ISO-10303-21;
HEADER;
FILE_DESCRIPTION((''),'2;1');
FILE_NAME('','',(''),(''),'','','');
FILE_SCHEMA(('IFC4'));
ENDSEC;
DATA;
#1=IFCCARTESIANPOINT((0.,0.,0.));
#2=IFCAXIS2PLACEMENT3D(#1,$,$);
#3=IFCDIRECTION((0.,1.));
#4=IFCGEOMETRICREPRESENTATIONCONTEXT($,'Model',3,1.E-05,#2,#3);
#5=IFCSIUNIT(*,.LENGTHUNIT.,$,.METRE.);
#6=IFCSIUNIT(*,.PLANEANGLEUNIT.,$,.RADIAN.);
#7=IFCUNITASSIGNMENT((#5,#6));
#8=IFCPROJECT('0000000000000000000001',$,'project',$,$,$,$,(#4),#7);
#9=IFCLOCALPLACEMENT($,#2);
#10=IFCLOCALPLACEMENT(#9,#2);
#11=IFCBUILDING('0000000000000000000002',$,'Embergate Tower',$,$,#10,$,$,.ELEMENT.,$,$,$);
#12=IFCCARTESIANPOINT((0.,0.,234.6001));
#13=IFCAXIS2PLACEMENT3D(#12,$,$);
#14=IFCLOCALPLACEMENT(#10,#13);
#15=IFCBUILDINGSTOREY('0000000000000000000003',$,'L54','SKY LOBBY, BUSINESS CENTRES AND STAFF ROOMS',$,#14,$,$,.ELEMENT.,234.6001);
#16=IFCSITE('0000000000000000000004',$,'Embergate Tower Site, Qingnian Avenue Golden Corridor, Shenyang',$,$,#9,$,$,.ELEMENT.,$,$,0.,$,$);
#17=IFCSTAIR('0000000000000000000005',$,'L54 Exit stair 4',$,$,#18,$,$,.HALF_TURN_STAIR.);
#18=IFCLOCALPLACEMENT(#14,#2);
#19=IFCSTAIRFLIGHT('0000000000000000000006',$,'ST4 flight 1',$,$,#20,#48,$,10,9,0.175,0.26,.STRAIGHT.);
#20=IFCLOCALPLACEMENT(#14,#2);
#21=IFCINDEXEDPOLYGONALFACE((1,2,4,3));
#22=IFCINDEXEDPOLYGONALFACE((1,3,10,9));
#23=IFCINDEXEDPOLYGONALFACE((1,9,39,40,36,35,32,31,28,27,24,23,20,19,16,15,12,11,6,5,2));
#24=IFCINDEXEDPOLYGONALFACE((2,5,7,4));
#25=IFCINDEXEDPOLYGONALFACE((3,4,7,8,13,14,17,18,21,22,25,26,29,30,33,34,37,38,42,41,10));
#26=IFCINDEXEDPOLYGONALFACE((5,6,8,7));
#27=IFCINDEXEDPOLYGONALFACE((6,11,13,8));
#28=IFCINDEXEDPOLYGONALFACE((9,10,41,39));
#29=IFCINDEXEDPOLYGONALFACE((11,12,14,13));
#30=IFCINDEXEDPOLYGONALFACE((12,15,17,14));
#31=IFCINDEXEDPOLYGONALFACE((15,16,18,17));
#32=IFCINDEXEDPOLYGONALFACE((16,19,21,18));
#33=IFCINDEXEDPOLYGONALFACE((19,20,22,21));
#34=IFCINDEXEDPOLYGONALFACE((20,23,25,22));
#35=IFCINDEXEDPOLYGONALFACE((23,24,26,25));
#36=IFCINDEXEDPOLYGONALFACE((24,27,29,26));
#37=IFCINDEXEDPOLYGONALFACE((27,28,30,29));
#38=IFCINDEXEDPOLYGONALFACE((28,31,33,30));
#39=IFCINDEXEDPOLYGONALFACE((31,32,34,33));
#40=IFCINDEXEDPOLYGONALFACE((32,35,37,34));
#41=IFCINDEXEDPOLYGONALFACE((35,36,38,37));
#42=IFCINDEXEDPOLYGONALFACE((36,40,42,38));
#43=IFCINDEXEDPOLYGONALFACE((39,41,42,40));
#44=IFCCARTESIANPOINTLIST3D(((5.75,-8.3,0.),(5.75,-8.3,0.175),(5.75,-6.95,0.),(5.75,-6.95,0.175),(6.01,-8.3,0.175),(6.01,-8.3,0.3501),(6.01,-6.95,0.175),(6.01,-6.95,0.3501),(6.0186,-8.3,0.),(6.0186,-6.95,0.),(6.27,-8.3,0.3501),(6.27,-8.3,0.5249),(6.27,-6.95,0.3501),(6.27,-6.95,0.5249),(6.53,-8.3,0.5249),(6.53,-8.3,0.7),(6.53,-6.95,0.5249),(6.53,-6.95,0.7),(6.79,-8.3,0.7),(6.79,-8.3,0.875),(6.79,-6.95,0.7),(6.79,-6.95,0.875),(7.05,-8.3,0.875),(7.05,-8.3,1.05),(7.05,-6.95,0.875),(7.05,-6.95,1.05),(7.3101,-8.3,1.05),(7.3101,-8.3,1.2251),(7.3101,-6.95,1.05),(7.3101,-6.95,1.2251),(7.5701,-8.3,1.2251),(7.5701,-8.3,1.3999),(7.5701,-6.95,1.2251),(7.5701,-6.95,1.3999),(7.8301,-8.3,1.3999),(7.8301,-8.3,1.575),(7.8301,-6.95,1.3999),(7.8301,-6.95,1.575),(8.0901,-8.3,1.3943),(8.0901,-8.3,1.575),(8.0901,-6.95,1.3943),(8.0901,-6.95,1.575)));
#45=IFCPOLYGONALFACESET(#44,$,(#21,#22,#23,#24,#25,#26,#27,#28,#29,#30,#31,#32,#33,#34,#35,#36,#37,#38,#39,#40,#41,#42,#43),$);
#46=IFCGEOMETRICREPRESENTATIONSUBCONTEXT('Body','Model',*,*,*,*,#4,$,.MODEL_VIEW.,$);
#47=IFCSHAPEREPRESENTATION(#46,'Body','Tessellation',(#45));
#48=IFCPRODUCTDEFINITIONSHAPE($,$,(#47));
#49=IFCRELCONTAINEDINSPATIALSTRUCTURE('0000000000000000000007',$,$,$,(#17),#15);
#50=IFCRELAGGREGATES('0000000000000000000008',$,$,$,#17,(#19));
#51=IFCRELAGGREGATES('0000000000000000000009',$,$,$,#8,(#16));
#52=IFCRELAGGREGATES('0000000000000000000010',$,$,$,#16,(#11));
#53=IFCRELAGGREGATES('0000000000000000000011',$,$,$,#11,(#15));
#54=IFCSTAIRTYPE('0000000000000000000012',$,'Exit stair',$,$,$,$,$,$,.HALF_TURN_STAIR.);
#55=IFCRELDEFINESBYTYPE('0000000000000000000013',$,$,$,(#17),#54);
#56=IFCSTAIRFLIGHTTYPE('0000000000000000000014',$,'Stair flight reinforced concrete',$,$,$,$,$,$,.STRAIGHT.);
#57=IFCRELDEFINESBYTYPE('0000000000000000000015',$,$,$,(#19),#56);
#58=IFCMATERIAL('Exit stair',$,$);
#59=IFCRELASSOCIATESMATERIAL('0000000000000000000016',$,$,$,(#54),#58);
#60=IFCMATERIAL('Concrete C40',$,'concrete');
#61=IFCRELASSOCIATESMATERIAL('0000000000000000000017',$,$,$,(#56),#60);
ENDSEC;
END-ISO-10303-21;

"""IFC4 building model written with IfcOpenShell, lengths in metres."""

from ifc_helpers import new_model, si_unit, direction, frame, origin, place, context, subcontext, project, spatial, polyline, outline, extrude, source, transform, mapped, material, type_object, element, aggregate, save


model = new_model("IFC4")

# Units and contexts
model_context = context("Model", 3, precision=1e-05, world=origin(), true_north=direction((0.0, 1.0)))
body_context = subcontext(model_context, "Body", "Model", "MODEL_VIEW")
ifc_project = project(units=[si_unit("LENGTHUNIT", "METRE"), si_unit("PLANEANGLEUNIT", "RADIAN")], contexts=[model_context])

# Site, building, storey
site_placement = place(None, origin())
site = spatial("IfcSite", under=ifc_project, at=site_placement, Name="Embergate Tower Site, Qingnian Avenue Golden Corridor, Shenyang", CompositionType="ELEMENT", RefElevation=0.0)
building_placement = place(site_placement, origin())
building = spatial("IfcBuilding", under=site, at=building_placement, Name="Embergate Tower", CompositionType="ELEMENT")
storey_placement = place(building_placement, frame((0.0, 0.0, 234.6001)))
storey = spatial("IfcBuildingStorey", under=building, at=storey_placement, Name="L54", Description="SKY LOBBY, BUSINESS CENTRES AND STAFF ROOMS", CompositionType="ELEMENT", Elevation=234.6001)

# Stair
ifc_material_1 = material(Name="Exit stair")
stair_type = type_object("IfcStairType", Name="Exit stair", PredefinedType="HALF_TURN_STAIR", material=ifc_material_1)
stair_placement = place(storey_placement, origin())
stair = element("IfcStair", 1, at=stair_placement, inside=storey, type_object=stair_type, Name="L54 Exit stair 4", PredefinedType="HALF_TURN_STAIR")
ifc_material_2 = material(Name="Concrete C40", Category="concrete")

# Stair flight
stair_flight_type = type_object("IfcStairFlightType", Name="Stair flight reinforced concrete", PredefinedType="STRAIGHT", material=ifc_material_2)
shared_shape_1 = source(origin(), body_context, "Body", "SweptSolid", [
    extrude(outline(polyline([(0.0, 0.0), (0.0, 0.175), (0.26, 0.175), (0.26, 0.3501), (0.52, 0.3501), (0.52, 0.5249), (0.78, 0.5249), (0.78, 0.7), (1.04, 0.7), (1.04, 0.875), (1.3, 0.875), (1.3, 1.05), (1.5601, 1.05), (1.5601, 1.2251), (1.8201, 1.2251), (1.8201, 1.3999), (2.0801, 1.3999), (2.0801, 1.575), (2.3401, 1.575), (2.3401, 1.75), (2.3401, 1.3943), (0.2686, 0.0), (0.0, 0.0)])), frame((0.0, 0.675, 0.0), z_axis=(0.0, -1.0, 0.0), x_axis=(1.0, 0.0, 0.0)), (0.0, 0.0, 1.0), 1.3501),
])
stair_flight_placement = place(storey_placement, frame((5.75, -7.625, 0.0), z_axis=(0.0, 0.0, 1.0), x_axis=(1.0, 0.0, 0.0)))
stair_flight = element("IfcStairFlight", 2, at=stair_flight_placement, type_object=stair_flight_type, Name="ST4 flight 1", NumberOfRisers=10, NumberOfTreads=9, PredefinedType="STRAIGHT", RiserHeight=0.175, TreadLength=0.26, context=body_context, shape_type="MappedRepresentation", body=[
    mapped(shared_shape_1, transform((0.0, 0.0, 0.0))),
])
aggregate(stair, [stair_flight])

save(model, "model.ifc")
